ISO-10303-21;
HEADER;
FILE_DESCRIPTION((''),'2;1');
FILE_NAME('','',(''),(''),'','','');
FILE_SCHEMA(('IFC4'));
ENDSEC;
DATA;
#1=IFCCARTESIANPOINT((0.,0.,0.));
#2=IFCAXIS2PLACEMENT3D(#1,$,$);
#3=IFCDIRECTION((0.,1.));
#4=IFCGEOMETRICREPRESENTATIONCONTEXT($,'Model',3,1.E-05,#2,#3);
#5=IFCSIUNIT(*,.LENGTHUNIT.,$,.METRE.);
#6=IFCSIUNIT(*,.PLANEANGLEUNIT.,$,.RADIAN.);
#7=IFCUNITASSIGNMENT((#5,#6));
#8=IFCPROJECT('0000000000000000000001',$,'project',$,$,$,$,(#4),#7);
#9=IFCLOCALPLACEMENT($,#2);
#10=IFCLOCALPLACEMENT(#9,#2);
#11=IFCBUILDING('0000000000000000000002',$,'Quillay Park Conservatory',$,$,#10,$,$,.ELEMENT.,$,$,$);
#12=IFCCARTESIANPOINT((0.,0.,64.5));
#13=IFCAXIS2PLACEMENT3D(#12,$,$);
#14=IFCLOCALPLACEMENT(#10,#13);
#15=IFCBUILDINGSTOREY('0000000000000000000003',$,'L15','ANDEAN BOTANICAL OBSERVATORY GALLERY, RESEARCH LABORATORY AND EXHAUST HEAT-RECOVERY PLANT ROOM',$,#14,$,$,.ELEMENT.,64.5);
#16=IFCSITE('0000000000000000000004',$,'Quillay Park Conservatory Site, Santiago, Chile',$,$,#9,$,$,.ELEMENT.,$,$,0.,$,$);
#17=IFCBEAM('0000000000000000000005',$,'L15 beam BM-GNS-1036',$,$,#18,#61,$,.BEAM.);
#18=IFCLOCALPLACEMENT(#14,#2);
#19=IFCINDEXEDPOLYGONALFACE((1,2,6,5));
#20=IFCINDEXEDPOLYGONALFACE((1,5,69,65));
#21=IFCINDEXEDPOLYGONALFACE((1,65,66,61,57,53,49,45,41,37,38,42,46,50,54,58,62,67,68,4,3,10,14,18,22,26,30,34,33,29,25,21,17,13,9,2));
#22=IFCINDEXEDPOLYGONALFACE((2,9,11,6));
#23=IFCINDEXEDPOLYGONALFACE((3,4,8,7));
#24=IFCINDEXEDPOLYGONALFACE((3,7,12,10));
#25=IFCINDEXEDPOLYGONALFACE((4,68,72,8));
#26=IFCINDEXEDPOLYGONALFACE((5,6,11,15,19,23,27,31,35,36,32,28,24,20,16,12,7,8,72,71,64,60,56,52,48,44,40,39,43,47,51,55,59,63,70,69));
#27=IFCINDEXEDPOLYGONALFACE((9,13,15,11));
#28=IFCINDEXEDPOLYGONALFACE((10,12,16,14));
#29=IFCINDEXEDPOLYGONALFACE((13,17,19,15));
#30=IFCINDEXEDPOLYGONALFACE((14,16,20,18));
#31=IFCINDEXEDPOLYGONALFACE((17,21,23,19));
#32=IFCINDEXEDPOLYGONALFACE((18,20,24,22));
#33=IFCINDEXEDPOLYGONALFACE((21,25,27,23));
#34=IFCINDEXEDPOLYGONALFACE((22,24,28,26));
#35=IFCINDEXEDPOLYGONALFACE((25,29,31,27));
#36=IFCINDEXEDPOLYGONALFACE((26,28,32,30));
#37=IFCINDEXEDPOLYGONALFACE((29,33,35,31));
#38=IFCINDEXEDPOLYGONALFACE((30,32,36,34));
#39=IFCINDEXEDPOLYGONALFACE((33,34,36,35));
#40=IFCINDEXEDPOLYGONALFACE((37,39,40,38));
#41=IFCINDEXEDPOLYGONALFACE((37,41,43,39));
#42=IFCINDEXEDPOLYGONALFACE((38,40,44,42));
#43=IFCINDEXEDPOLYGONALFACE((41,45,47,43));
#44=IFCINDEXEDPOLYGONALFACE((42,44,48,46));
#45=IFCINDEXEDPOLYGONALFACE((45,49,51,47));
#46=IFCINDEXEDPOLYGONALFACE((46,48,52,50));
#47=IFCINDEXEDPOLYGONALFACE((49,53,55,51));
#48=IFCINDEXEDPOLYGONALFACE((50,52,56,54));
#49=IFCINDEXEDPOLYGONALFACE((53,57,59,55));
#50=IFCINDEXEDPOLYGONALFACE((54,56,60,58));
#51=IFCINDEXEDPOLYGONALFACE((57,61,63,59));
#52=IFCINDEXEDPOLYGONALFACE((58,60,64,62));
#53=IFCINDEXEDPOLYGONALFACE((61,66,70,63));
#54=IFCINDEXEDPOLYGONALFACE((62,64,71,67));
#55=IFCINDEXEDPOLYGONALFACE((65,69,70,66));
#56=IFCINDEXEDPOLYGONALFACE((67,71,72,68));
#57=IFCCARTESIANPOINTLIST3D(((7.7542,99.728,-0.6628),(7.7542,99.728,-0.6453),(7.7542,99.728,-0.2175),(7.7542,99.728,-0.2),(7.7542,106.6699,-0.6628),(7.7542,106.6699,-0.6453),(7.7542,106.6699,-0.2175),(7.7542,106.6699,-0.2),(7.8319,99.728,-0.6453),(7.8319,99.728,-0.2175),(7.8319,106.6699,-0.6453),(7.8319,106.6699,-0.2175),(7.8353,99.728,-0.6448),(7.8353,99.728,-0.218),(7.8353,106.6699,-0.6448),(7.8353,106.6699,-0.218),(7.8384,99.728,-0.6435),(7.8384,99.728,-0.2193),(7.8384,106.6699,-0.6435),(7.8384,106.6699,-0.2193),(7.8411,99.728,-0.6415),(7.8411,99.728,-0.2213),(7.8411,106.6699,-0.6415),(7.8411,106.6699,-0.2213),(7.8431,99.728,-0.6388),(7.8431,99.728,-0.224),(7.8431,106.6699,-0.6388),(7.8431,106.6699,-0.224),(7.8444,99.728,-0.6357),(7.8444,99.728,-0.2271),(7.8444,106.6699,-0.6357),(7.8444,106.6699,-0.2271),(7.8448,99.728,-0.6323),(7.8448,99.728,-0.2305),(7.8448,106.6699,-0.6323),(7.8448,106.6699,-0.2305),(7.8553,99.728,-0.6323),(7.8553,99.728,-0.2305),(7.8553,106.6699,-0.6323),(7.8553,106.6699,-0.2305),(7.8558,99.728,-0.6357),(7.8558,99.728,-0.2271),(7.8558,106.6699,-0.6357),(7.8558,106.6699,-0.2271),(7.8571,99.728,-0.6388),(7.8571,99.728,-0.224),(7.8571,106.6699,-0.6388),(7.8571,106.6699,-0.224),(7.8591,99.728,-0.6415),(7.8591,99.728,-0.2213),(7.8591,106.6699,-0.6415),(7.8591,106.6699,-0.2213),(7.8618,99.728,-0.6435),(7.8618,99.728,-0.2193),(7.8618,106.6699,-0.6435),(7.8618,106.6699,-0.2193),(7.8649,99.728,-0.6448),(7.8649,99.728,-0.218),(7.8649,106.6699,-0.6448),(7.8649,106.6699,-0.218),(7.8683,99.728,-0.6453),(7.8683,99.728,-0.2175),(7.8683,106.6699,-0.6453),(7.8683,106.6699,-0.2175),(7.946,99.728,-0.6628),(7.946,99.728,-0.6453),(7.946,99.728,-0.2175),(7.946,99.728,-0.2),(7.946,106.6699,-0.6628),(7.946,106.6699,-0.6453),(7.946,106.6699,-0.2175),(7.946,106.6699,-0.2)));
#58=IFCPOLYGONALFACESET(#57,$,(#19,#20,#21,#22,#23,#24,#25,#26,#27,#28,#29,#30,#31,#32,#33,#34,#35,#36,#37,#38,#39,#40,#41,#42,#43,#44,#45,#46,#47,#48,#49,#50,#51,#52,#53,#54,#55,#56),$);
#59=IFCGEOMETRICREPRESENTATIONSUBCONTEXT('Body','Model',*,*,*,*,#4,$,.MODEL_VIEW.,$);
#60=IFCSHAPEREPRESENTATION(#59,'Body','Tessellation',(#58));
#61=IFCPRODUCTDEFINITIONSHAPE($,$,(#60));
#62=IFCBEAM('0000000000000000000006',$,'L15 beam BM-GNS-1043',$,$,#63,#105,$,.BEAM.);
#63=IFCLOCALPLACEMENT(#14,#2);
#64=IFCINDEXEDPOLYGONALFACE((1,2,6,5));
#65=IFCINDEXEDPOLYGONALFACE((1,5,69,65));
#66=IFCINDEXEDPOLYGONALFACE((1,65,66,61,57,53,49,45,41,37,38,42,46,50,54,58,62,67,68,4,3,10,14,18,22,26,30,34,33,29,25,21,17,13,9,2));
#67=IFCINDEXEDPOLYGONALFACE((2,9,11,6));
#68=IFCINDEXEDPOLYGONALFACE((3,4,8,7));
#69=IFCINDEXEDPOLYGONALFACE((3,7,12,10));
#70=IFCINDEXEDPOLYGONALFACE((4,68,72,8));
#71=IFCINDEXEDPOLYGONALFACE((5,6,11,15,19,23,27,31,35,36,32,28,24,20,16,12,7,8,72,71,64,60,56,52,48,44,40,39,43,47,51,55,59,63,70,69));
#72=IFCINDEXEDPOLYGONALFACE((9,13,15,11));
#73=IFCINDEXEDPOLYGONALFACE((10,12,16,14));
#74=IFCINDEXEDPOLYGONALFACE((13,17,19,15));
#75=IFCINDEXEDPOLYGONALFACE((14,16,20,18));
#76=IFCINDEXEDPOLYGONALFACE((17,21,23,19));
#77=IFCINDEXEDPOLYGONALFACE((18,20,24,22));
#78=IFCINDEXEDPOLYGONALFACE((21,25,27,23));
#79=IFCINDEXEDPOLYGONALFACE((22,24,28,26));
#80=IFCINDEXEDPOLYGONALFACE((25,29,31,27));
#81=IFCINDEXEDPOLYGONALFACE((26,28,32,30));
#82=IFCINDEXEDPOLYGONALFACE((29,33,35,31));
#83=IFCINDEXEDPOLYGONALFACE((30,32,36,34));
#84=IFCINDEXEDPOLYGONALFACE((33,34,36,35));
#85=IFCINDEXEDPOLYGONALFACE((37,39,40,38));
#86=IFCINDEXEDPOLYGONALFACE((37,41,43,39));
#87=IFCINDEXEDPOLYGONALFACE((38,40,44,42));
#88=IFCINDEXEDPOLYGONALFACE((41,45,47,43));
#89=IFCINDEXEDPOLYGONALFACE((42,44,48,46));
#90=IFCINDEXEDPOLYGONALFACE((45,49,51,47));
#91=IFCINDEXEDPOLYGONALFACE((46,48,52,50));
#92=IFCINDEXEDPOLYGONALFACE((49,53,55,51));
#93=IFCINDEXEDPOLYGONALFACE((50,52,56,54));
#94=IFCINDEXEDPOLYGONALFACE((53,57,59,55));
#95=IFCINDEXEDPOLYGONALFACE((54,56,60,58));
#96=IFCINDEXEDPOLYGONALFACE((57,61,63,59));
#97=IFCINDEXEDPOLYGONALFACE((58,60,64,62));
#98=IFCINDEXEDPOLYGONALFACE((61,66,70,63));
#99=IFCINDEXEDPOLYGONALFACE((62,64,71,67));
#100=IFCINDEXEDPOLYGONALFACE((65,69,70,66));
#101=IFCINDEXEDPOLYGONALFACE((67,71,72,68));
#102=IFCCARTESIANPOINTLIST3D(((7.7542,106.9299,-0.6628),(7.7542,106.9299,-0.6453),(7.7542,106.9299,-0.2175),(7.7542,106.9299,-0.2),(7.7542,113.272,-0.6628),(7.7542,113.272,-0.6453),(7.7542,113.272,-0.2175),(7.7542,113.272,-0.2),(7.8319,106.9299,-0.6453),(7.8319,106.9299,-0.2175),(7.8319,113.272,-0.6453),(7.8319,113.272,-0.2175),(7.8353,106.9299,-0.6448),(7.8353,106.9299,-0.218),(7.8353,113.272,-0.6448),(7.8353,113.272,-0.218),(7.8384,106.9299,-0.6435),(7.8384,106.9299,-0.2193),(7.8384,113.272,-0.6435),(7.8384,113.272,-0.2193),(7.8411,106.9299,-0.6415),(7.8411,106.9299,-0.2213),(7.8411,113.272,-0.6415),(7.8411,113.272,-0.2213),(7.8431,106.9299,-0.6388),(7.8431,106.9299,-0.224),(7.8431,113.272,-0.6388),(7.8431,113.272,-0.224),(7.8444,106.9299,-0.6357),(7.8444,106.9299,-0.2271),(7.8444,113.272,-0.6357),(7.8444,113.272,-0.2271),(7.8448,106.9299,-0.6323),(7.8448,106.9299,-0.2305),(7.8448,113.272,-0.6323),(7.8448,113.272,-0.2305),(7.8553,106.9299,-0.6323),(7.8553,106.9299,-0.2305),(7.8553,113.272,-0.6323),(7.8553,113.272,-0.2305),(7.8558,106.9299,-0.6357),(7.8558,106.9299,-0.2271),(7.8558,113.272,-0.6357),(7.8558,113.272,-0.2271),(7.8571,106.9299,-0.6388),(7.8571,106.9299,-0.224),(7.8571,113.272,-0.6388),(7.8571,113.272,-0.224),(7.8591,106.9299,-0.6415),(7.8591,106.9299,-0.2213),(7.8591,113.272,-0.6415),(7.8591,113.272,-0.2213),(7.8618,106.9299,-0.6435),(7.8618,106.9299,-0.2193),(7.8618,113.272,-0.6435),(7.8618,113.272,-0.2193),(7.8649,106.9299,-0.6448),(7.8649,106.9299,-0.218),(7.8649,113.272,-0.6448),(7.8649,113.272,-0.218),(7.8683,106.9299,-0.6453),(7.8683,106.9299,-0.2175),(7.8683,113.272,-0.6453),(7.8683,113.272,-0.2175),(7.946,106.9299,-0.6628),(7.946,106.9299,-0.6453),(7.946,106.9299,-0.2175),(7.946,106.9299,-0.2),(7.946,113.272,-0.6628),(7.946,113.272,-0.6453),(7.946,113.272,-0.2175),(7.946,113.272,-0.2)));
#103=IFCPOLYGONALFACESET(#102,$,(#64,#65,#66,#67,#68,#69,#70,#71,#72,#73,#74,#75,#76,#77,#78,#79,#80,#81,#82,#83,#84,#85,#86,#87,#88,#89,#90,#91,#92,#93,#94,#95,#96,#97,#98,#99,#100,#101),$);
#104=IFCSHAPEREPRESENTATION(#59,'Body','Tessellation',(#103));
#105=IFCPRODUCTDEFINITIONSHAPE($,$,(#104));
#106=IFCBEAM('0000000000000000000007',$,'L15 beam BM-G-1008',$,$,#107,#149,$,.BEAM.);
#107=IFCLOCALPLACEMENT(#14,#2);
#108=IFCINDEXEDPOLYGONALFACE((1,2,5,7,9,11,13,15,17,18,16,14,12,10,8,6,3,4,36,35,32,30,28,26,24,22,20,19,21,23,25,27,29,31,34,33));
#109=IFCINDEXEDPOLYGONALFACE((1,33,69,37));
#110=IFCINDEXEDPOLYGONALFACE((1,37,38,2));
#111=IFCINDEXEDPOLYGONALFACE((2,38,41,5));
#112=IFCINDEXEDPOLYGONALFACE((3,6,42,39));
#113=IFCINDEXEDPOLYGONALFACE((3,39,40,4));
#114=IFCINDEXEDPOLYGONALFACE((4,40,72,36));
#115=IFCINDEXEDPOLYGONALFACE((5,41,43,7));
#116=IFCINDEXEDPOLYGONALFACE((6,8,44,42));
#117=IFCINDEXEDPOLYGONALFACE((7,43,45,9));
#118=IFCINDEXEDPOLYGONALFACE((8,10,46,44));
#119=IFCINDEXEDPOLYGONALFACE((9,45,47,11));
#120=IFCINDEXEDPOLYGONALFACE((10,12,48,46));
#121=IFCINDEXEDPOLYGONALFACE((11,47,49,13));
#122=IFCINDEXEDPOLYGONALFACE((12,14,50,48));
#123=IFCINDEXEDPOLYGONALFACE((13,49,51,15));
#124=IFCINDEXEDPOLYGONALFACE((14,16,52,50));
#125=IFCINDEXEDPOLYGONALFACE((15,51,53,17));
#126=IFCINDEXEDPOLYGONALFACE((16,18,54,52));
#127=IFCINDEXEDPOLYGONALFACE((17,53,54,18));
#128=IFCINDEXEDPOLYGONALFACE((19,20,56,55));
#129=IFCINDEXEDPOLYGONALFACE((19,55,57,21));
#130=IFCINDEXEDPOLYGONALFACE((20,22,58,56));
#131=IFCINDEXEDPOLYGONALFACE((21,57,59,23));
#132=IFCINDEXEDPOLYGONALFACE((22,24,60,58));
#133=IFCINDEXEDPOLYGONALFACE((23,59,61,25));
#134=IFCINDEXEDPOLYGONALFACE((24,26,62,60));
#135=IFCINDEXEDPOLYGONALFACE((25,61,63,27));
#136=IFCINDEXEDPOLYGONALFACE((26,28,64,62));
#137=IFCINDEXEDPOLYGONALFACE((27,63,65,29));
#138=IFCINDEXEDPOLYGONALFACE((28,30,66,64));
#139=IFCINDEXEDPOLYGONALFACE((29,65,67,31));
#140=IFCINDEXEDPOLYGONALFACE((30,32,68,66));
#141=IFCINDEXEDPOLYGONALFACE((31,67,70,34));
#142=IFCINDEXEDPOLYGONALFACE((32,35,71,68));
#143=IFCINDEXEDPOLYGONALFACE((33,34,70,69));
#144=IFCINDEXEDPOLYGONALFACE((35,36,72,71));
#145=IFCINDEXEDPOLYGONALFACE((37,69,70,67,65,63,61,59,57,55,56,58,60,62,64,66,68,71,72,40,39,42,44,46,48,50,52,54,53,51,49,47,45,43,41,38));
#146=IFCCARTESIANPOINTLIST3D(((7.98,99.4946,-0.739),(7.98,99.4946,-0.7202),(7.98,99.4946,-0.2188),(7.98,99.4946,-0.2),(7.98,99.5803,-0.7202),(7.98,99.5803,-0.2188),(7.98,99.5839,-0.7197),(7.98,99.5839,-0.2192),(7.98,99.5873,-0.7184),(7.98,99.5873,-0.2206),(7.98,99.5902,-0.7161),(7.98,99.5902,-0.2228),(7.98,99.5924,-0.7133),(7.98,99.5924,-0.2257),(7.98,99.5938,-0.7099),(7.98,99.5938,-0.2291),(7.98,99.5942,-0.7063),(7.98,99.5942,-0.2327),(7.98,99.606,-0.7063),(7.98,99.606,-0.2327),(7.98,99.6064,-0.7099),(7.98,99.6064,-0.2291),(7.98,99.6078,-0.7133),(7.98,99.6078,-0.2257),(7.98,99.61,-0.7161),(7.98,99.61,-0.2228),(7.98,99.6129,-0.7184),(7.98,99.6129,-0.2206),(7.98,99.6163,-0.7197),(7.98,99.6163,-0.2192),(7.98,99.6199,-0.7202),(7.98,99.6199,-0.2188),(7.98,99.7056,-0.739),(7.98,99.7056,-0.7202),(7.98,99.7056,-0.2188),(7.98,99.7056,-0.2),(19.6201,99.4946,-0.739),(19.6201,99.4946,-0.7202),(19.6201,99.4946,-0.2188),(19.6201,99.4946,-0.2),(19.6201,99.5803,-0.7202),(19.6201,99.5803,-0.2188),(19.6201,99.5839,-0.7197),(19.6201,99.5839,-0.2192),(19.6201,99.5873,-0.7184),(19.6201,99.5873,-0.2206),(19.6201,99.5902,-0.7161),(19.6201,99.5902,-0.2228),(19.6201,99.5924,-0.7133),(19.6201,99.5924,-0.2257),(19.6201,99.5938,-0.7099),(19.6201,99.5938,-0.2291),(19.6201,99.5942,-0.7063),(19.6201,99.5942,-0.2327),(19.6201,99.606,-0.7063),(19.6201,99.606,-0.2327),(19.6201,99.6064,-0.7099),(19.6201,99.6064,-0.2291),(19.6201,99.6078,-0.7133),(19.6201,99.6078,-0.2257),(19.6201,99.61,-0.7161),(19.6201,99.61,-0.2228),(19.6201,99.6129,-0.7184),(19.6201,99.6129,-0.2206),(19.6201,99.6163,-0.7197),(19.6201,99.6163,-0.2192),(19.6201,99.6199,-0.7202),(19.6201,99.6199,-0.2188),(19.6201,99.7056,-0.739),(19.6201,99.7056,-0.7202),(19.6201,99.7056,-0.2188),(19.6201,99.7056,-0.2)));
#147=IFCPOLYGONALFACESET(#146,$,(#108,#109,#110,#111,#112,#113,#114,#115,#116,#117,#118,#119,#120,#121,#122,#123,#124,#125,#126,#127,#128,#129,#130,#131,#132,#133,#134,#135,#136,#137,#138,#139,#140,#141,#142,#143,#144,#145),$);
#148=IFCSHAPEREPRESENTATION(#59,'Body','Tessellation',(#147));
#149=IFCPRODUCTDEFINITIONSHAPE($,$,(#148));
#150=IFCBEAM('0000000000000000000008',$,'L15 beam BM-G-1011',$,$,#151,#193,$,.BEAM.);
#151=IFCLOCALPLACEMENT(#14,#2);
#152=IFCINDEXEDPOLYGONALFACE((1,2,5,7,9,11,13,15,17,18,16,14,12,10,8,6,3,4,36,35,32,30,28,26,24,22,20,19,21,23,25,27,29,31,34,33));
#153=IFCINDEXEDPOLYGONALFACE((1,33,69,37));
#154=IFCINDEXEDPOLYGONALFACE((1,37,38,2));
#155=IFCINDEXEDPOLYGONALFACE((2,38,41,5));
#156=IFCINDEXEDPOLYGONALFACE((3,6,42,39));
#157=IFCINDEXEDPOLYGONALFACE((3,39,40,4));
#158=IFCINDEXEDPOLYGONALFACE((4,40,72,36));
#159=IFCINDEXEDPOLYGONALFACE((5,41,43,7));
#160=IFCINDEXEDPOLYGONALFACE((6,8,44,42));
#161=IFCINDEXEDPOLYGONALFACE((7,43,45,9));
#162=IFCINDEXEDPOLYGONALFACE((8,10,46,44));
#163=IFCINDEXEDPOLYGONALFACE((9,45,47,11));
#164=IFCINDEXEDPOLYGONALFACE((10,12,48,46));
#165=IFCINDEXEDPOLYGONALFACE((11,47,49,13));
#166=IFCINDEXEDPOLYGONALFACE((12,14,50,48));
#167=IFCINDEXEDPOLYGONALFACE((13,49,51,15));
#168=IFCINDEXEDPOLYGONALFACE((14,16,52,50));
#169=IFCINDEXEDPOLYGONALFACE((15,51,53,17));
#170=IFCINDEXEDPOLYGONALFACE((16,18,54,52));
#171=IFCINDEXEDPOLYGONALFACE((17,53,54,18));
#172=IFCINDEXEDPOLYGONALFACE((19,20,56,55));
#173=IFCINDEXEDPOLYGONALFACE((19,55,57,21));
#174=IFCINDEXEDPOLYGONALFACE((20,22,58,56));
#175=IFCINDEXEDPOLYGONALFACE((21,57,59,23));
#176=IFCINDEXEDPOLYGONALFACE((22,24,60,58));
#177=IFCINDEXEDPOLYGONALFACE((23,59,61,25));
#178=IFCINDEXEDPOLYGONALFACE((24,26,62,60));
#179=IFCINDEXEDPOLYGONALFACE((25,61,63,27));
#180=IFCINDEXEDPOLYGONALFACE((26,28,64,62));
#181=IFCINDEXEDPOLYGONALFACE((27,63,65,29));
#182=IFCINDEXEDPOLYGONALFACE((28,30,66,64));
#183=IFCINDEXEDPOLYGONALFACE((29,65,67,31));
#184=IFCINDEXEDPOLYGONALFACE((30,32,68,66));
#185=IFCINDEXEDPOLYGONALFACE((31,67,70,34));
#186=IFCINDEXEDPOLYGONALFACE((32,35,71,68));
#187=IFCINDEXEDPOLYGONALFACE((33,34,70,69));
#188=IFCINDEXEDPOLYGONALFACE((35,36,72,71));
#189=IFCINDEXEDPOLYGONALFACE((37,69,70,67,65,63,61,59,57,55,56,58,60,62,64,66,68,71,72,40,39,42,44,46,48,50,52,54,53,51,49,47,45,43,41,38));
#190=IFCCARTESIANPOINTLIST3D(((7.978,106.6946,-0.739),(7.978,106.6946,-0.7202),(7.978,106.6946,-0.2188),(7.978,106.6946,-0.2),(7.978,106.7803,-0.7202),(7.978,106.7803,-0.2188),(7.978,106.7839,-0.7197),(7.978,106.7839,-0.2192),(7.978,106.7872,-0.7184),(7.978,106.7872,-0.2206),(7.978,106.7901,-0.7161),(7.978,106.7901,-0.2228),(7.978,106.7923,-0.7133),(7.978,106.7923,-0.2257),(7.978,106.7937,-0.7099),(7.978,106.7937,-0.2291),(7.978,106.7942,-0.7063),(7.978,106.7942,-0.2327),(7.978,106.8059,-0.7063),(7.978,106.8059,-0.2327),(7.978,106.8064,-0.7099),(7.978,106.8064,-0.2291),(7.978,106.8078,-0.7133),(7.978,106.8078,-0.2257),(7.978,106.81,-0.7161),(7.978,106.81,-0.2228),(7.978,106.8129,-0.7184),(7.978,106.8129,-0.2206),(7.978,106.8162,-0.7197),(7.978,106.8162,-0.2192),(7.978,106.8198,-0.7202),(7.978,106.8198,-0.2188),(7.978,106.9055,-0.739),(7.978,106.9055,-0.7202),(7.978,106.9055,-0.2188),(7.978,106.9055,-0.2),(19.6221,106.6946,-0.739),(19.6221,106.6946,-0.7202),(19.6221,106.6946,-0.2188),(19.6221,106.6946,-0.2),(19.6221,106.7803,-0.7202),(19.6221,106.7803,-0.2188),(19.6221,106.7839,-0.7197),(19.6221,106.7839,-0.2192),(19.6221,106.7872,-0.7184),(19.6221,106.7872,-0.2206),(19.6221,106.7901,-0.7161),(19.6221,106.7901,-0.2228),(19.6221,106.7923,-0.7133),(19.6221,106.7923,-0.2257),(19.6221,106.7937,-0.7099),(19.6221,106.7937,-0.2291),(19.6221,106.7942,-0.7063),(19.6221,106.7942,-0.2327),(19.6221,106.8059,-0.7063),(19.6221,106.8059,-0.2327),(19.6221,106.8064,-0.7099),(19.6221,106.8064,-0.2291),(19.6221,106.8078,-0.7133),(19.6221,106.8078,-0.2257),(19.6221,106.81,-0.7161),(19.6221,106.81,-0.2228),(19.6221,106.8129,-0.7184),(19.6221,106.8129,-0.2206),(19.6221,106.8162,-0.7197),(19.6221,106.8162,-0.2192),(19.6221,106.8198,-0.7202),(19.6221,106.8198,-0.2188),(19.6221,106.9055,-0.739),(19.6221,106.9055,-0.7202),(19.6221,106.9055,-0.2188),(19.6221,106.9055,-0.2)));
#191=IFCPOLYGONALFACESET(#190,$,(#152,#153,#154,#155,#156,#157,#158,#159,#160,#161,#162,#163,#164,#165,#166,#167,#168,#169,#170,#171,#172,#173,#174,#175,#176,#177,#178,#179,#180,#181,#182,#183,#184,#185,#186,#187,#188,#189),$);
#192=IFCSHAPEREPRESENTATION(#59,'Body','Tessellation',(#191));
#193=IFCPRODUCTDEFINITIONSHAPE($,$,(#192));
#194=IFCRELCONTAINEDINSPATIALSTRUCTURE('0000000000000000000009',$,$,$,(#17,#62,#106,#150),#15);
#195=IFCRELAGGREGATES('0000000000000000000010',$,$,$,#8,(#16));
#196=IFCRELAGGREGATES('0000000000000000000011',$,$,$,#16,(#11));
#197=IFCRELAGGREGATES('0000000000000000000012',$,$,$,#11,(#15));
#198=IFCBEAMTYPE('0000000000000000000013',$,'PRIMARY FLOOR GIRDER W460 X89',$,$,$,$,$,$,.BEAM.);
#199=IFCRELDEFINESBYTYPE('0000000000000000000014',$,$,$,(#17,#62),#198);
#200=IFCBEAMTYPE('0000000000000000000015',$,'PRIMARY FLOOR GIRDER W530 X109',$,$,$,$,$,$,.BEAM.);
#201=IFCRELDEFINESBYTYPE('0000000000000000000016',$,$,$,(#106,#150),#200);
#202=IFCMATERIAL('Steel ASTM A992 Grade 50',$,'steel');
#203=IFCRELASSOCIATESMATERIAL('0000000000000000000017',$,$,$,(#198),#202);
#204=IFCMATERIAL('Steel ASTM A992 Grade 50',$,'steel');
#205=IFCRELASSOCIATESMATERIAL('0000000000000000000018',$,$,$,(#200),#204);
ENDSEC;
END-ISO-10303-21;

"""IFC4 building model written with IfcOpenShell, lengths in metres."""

from ifc_helpers import new_model, si_unit, direction, frame, origin, origin_2d, place, context, subcontext, project, spatial, i_section, extrude, material, material_profile, profile_set, type_object, element, save


model = new_model("IFC4")

# Units and contexts
model_context = context("Model", 3, precision=1e-05, world=origin(), true_north=direction((0.0, 1.0)))
body_context = subcontext(model_context, "Body", "Model", "MODEL_VIEW")
ifc_project = project(units=[si_unit("LENGTHUNIT", "METRE"), si_unit("PLANEANGLEUNIT", "RADIAN")], contexts=[model_context])

# Site, building, storey
site_placement = place(None, origin())
site = spatial("IfcSite", under=ifc_project, at=site_placement, Name="Quillay Park Conservatory Site, Santiago, Chile", CompositionType="ELEMENT", RefElevation=0.0)
building_placement = place(site_placement, origin())
building = spatial("IfcBuilding", under=site, at=building_placement, Name="Quillay Park Conservatory", CompositionType="ELEMENT")
storey_placement = place(building_placement, frame((0.0, 0.0, 64.5)))
storey = spatial("IfcBuildingStorey", under=building, at=storey_placement, Name="L15", Description="ANDEAN BOTANICAL OBSERVATORY GALLERY, RESEARCH LABORATORY AND EXHAUST HEAT-RECOVERY PLANT ROOM", CompositionType="ELEMENT", Elevation=64.5)

# Beams
ifc_material_1 = material(Name="Steel ASTM A992 Grade 50", Category="steel")
ifc_material_profile_1 = material_profile(ifc_material_1, i_section(OverallWidth=0.1919, OverallDepth=0.4629, WebThickness=0.0105, FlangeThickness=0.0176, FilletRadius=0.0129, at=origin_2d()), Name="W460x89")
ifc_profile_set_1 = profile_set([ifc_material_profile_1], Name="Steel ASTM A992 Grade 50")
beam_type_1 = type_object("IfcBeamType", Name="PRIMARY FLOOR GIRDER W460 X89", PredefinedType="BEAM", material=ifc_profile_set_1)
beam_1_placement = place(storey_placement, frame((7.8501, 99.728, -0.4314), z_axis=(0.0, 1.0, 0.0), x_axis=(-1.0, 0.0, 0.0)))
element("IfcBeam", 1, at=beam_1_placement, inside=storey, type_object=beam_type_1, Name="L15 beam BM-GNS-1036", PredefinedType="BEAM", context=body_context, shape_type="SweptSolid", body=[
    extrude(i_section(OverallWidth=0.1919, OverallDepth=0.4629, WebThickness=0.0105, FlangeThickness=0.0176, FilletRadius=0.0129, at=origin_2d()), origin(), (0.0, 0.0, 1.0), 6.9419),
])
beam_2_placement = place(storey_placement, frame((7.8501, 106.9299, -0.4314), z_axis=(0.0, 1.0, 0.0), x_axis=(-1.0, 0.0, 0.0)))
element("IfcBeam", 2, at=beam_2_placement, inside=storey, type_object=beam_type_1, Name="L15 beam BM-GNS-1043", PredefinedType="BEAM", context=body_context, shape_type="SweptSolid", body=[
    extrude(i_section(OverallWidth=0.1919, OverallDepth=0.4629, WebThickness=0.0105, FlangeThickness=0.0176, FilletRadius=0.0129, at=origin_2d()), origin(), (0.0, 0.0, 1.0), 6.342),
])
ifc_material_2 = material(Name="Steel ASTM A992 Grade 50", Category="steel")
ifc_material_profile_2 = material_profile(ifc_material_2, i_section(OverallWidth=0.2109, OverallDepth=0.5391, WebThickness=0.0117, FlangeThickness=0.0188, FilletRadius=0.0139, at=origin_2d()), Name="W530x109")
ifc_profile_set_2 = profile_set([ifc_material_profile_2], Name="Steel ASTM A992 Grade 50")
beam_type_2 = type_object("IfcBeamType", Name="PRIMARY FLOOR GIRDER W530 X109", PredefinedType="BEAM", material=ifc_profile_set_2)
beam_3_placement = place(storey_placement, frame((7.98, 99.6001, -0.4695), z_axis=(1.0, 0.0, 0.0), x_axis=(0.0, 1.0, 0.0)))
element("IfcBeam", 3, at=beam_3_placement, inside=storey, type_object=beam_type_2, Name="L15 beam BM-G-1008", PredefinedType="BEAM", context=body_context, shape_type="SweptSolid", body=[
    extrude(i_section(OverallWidth=0.2109, OverallDepth=0.5391, WebThickness=0.0117, FlangeThickness=0.0188, FilletRadius=0.0139, at=origin_2d()), origin(), (0.0, 0.0, 1.0), 11.6401),
])
beam_4_placement = place(storey_placement, frame((7.978, 106.8, -0.4695), z_axis=(1.0, 0.0, 0.0), x_axis=(0.0, 1.0, 0.0)))
element("IfcBeam", 4, at=beam_4_placement, inside=storey, type_object=beam_type_2, Name="L15 beam BM-G-1011", PredefinedType="BEAM", context=body_context, shape_type="SweptSolid", body=[
    extrude(i_section(OverallWidth=0.2109, OverallDepth=0.5391, WebThickness=0.0117, FlangeThickness=0.0188, FilletRadius=0.0139, at=origin_2d()), origin(), (0.0, 0.0, 1.0), 11.644),
])

save(model, "model.ifc")
